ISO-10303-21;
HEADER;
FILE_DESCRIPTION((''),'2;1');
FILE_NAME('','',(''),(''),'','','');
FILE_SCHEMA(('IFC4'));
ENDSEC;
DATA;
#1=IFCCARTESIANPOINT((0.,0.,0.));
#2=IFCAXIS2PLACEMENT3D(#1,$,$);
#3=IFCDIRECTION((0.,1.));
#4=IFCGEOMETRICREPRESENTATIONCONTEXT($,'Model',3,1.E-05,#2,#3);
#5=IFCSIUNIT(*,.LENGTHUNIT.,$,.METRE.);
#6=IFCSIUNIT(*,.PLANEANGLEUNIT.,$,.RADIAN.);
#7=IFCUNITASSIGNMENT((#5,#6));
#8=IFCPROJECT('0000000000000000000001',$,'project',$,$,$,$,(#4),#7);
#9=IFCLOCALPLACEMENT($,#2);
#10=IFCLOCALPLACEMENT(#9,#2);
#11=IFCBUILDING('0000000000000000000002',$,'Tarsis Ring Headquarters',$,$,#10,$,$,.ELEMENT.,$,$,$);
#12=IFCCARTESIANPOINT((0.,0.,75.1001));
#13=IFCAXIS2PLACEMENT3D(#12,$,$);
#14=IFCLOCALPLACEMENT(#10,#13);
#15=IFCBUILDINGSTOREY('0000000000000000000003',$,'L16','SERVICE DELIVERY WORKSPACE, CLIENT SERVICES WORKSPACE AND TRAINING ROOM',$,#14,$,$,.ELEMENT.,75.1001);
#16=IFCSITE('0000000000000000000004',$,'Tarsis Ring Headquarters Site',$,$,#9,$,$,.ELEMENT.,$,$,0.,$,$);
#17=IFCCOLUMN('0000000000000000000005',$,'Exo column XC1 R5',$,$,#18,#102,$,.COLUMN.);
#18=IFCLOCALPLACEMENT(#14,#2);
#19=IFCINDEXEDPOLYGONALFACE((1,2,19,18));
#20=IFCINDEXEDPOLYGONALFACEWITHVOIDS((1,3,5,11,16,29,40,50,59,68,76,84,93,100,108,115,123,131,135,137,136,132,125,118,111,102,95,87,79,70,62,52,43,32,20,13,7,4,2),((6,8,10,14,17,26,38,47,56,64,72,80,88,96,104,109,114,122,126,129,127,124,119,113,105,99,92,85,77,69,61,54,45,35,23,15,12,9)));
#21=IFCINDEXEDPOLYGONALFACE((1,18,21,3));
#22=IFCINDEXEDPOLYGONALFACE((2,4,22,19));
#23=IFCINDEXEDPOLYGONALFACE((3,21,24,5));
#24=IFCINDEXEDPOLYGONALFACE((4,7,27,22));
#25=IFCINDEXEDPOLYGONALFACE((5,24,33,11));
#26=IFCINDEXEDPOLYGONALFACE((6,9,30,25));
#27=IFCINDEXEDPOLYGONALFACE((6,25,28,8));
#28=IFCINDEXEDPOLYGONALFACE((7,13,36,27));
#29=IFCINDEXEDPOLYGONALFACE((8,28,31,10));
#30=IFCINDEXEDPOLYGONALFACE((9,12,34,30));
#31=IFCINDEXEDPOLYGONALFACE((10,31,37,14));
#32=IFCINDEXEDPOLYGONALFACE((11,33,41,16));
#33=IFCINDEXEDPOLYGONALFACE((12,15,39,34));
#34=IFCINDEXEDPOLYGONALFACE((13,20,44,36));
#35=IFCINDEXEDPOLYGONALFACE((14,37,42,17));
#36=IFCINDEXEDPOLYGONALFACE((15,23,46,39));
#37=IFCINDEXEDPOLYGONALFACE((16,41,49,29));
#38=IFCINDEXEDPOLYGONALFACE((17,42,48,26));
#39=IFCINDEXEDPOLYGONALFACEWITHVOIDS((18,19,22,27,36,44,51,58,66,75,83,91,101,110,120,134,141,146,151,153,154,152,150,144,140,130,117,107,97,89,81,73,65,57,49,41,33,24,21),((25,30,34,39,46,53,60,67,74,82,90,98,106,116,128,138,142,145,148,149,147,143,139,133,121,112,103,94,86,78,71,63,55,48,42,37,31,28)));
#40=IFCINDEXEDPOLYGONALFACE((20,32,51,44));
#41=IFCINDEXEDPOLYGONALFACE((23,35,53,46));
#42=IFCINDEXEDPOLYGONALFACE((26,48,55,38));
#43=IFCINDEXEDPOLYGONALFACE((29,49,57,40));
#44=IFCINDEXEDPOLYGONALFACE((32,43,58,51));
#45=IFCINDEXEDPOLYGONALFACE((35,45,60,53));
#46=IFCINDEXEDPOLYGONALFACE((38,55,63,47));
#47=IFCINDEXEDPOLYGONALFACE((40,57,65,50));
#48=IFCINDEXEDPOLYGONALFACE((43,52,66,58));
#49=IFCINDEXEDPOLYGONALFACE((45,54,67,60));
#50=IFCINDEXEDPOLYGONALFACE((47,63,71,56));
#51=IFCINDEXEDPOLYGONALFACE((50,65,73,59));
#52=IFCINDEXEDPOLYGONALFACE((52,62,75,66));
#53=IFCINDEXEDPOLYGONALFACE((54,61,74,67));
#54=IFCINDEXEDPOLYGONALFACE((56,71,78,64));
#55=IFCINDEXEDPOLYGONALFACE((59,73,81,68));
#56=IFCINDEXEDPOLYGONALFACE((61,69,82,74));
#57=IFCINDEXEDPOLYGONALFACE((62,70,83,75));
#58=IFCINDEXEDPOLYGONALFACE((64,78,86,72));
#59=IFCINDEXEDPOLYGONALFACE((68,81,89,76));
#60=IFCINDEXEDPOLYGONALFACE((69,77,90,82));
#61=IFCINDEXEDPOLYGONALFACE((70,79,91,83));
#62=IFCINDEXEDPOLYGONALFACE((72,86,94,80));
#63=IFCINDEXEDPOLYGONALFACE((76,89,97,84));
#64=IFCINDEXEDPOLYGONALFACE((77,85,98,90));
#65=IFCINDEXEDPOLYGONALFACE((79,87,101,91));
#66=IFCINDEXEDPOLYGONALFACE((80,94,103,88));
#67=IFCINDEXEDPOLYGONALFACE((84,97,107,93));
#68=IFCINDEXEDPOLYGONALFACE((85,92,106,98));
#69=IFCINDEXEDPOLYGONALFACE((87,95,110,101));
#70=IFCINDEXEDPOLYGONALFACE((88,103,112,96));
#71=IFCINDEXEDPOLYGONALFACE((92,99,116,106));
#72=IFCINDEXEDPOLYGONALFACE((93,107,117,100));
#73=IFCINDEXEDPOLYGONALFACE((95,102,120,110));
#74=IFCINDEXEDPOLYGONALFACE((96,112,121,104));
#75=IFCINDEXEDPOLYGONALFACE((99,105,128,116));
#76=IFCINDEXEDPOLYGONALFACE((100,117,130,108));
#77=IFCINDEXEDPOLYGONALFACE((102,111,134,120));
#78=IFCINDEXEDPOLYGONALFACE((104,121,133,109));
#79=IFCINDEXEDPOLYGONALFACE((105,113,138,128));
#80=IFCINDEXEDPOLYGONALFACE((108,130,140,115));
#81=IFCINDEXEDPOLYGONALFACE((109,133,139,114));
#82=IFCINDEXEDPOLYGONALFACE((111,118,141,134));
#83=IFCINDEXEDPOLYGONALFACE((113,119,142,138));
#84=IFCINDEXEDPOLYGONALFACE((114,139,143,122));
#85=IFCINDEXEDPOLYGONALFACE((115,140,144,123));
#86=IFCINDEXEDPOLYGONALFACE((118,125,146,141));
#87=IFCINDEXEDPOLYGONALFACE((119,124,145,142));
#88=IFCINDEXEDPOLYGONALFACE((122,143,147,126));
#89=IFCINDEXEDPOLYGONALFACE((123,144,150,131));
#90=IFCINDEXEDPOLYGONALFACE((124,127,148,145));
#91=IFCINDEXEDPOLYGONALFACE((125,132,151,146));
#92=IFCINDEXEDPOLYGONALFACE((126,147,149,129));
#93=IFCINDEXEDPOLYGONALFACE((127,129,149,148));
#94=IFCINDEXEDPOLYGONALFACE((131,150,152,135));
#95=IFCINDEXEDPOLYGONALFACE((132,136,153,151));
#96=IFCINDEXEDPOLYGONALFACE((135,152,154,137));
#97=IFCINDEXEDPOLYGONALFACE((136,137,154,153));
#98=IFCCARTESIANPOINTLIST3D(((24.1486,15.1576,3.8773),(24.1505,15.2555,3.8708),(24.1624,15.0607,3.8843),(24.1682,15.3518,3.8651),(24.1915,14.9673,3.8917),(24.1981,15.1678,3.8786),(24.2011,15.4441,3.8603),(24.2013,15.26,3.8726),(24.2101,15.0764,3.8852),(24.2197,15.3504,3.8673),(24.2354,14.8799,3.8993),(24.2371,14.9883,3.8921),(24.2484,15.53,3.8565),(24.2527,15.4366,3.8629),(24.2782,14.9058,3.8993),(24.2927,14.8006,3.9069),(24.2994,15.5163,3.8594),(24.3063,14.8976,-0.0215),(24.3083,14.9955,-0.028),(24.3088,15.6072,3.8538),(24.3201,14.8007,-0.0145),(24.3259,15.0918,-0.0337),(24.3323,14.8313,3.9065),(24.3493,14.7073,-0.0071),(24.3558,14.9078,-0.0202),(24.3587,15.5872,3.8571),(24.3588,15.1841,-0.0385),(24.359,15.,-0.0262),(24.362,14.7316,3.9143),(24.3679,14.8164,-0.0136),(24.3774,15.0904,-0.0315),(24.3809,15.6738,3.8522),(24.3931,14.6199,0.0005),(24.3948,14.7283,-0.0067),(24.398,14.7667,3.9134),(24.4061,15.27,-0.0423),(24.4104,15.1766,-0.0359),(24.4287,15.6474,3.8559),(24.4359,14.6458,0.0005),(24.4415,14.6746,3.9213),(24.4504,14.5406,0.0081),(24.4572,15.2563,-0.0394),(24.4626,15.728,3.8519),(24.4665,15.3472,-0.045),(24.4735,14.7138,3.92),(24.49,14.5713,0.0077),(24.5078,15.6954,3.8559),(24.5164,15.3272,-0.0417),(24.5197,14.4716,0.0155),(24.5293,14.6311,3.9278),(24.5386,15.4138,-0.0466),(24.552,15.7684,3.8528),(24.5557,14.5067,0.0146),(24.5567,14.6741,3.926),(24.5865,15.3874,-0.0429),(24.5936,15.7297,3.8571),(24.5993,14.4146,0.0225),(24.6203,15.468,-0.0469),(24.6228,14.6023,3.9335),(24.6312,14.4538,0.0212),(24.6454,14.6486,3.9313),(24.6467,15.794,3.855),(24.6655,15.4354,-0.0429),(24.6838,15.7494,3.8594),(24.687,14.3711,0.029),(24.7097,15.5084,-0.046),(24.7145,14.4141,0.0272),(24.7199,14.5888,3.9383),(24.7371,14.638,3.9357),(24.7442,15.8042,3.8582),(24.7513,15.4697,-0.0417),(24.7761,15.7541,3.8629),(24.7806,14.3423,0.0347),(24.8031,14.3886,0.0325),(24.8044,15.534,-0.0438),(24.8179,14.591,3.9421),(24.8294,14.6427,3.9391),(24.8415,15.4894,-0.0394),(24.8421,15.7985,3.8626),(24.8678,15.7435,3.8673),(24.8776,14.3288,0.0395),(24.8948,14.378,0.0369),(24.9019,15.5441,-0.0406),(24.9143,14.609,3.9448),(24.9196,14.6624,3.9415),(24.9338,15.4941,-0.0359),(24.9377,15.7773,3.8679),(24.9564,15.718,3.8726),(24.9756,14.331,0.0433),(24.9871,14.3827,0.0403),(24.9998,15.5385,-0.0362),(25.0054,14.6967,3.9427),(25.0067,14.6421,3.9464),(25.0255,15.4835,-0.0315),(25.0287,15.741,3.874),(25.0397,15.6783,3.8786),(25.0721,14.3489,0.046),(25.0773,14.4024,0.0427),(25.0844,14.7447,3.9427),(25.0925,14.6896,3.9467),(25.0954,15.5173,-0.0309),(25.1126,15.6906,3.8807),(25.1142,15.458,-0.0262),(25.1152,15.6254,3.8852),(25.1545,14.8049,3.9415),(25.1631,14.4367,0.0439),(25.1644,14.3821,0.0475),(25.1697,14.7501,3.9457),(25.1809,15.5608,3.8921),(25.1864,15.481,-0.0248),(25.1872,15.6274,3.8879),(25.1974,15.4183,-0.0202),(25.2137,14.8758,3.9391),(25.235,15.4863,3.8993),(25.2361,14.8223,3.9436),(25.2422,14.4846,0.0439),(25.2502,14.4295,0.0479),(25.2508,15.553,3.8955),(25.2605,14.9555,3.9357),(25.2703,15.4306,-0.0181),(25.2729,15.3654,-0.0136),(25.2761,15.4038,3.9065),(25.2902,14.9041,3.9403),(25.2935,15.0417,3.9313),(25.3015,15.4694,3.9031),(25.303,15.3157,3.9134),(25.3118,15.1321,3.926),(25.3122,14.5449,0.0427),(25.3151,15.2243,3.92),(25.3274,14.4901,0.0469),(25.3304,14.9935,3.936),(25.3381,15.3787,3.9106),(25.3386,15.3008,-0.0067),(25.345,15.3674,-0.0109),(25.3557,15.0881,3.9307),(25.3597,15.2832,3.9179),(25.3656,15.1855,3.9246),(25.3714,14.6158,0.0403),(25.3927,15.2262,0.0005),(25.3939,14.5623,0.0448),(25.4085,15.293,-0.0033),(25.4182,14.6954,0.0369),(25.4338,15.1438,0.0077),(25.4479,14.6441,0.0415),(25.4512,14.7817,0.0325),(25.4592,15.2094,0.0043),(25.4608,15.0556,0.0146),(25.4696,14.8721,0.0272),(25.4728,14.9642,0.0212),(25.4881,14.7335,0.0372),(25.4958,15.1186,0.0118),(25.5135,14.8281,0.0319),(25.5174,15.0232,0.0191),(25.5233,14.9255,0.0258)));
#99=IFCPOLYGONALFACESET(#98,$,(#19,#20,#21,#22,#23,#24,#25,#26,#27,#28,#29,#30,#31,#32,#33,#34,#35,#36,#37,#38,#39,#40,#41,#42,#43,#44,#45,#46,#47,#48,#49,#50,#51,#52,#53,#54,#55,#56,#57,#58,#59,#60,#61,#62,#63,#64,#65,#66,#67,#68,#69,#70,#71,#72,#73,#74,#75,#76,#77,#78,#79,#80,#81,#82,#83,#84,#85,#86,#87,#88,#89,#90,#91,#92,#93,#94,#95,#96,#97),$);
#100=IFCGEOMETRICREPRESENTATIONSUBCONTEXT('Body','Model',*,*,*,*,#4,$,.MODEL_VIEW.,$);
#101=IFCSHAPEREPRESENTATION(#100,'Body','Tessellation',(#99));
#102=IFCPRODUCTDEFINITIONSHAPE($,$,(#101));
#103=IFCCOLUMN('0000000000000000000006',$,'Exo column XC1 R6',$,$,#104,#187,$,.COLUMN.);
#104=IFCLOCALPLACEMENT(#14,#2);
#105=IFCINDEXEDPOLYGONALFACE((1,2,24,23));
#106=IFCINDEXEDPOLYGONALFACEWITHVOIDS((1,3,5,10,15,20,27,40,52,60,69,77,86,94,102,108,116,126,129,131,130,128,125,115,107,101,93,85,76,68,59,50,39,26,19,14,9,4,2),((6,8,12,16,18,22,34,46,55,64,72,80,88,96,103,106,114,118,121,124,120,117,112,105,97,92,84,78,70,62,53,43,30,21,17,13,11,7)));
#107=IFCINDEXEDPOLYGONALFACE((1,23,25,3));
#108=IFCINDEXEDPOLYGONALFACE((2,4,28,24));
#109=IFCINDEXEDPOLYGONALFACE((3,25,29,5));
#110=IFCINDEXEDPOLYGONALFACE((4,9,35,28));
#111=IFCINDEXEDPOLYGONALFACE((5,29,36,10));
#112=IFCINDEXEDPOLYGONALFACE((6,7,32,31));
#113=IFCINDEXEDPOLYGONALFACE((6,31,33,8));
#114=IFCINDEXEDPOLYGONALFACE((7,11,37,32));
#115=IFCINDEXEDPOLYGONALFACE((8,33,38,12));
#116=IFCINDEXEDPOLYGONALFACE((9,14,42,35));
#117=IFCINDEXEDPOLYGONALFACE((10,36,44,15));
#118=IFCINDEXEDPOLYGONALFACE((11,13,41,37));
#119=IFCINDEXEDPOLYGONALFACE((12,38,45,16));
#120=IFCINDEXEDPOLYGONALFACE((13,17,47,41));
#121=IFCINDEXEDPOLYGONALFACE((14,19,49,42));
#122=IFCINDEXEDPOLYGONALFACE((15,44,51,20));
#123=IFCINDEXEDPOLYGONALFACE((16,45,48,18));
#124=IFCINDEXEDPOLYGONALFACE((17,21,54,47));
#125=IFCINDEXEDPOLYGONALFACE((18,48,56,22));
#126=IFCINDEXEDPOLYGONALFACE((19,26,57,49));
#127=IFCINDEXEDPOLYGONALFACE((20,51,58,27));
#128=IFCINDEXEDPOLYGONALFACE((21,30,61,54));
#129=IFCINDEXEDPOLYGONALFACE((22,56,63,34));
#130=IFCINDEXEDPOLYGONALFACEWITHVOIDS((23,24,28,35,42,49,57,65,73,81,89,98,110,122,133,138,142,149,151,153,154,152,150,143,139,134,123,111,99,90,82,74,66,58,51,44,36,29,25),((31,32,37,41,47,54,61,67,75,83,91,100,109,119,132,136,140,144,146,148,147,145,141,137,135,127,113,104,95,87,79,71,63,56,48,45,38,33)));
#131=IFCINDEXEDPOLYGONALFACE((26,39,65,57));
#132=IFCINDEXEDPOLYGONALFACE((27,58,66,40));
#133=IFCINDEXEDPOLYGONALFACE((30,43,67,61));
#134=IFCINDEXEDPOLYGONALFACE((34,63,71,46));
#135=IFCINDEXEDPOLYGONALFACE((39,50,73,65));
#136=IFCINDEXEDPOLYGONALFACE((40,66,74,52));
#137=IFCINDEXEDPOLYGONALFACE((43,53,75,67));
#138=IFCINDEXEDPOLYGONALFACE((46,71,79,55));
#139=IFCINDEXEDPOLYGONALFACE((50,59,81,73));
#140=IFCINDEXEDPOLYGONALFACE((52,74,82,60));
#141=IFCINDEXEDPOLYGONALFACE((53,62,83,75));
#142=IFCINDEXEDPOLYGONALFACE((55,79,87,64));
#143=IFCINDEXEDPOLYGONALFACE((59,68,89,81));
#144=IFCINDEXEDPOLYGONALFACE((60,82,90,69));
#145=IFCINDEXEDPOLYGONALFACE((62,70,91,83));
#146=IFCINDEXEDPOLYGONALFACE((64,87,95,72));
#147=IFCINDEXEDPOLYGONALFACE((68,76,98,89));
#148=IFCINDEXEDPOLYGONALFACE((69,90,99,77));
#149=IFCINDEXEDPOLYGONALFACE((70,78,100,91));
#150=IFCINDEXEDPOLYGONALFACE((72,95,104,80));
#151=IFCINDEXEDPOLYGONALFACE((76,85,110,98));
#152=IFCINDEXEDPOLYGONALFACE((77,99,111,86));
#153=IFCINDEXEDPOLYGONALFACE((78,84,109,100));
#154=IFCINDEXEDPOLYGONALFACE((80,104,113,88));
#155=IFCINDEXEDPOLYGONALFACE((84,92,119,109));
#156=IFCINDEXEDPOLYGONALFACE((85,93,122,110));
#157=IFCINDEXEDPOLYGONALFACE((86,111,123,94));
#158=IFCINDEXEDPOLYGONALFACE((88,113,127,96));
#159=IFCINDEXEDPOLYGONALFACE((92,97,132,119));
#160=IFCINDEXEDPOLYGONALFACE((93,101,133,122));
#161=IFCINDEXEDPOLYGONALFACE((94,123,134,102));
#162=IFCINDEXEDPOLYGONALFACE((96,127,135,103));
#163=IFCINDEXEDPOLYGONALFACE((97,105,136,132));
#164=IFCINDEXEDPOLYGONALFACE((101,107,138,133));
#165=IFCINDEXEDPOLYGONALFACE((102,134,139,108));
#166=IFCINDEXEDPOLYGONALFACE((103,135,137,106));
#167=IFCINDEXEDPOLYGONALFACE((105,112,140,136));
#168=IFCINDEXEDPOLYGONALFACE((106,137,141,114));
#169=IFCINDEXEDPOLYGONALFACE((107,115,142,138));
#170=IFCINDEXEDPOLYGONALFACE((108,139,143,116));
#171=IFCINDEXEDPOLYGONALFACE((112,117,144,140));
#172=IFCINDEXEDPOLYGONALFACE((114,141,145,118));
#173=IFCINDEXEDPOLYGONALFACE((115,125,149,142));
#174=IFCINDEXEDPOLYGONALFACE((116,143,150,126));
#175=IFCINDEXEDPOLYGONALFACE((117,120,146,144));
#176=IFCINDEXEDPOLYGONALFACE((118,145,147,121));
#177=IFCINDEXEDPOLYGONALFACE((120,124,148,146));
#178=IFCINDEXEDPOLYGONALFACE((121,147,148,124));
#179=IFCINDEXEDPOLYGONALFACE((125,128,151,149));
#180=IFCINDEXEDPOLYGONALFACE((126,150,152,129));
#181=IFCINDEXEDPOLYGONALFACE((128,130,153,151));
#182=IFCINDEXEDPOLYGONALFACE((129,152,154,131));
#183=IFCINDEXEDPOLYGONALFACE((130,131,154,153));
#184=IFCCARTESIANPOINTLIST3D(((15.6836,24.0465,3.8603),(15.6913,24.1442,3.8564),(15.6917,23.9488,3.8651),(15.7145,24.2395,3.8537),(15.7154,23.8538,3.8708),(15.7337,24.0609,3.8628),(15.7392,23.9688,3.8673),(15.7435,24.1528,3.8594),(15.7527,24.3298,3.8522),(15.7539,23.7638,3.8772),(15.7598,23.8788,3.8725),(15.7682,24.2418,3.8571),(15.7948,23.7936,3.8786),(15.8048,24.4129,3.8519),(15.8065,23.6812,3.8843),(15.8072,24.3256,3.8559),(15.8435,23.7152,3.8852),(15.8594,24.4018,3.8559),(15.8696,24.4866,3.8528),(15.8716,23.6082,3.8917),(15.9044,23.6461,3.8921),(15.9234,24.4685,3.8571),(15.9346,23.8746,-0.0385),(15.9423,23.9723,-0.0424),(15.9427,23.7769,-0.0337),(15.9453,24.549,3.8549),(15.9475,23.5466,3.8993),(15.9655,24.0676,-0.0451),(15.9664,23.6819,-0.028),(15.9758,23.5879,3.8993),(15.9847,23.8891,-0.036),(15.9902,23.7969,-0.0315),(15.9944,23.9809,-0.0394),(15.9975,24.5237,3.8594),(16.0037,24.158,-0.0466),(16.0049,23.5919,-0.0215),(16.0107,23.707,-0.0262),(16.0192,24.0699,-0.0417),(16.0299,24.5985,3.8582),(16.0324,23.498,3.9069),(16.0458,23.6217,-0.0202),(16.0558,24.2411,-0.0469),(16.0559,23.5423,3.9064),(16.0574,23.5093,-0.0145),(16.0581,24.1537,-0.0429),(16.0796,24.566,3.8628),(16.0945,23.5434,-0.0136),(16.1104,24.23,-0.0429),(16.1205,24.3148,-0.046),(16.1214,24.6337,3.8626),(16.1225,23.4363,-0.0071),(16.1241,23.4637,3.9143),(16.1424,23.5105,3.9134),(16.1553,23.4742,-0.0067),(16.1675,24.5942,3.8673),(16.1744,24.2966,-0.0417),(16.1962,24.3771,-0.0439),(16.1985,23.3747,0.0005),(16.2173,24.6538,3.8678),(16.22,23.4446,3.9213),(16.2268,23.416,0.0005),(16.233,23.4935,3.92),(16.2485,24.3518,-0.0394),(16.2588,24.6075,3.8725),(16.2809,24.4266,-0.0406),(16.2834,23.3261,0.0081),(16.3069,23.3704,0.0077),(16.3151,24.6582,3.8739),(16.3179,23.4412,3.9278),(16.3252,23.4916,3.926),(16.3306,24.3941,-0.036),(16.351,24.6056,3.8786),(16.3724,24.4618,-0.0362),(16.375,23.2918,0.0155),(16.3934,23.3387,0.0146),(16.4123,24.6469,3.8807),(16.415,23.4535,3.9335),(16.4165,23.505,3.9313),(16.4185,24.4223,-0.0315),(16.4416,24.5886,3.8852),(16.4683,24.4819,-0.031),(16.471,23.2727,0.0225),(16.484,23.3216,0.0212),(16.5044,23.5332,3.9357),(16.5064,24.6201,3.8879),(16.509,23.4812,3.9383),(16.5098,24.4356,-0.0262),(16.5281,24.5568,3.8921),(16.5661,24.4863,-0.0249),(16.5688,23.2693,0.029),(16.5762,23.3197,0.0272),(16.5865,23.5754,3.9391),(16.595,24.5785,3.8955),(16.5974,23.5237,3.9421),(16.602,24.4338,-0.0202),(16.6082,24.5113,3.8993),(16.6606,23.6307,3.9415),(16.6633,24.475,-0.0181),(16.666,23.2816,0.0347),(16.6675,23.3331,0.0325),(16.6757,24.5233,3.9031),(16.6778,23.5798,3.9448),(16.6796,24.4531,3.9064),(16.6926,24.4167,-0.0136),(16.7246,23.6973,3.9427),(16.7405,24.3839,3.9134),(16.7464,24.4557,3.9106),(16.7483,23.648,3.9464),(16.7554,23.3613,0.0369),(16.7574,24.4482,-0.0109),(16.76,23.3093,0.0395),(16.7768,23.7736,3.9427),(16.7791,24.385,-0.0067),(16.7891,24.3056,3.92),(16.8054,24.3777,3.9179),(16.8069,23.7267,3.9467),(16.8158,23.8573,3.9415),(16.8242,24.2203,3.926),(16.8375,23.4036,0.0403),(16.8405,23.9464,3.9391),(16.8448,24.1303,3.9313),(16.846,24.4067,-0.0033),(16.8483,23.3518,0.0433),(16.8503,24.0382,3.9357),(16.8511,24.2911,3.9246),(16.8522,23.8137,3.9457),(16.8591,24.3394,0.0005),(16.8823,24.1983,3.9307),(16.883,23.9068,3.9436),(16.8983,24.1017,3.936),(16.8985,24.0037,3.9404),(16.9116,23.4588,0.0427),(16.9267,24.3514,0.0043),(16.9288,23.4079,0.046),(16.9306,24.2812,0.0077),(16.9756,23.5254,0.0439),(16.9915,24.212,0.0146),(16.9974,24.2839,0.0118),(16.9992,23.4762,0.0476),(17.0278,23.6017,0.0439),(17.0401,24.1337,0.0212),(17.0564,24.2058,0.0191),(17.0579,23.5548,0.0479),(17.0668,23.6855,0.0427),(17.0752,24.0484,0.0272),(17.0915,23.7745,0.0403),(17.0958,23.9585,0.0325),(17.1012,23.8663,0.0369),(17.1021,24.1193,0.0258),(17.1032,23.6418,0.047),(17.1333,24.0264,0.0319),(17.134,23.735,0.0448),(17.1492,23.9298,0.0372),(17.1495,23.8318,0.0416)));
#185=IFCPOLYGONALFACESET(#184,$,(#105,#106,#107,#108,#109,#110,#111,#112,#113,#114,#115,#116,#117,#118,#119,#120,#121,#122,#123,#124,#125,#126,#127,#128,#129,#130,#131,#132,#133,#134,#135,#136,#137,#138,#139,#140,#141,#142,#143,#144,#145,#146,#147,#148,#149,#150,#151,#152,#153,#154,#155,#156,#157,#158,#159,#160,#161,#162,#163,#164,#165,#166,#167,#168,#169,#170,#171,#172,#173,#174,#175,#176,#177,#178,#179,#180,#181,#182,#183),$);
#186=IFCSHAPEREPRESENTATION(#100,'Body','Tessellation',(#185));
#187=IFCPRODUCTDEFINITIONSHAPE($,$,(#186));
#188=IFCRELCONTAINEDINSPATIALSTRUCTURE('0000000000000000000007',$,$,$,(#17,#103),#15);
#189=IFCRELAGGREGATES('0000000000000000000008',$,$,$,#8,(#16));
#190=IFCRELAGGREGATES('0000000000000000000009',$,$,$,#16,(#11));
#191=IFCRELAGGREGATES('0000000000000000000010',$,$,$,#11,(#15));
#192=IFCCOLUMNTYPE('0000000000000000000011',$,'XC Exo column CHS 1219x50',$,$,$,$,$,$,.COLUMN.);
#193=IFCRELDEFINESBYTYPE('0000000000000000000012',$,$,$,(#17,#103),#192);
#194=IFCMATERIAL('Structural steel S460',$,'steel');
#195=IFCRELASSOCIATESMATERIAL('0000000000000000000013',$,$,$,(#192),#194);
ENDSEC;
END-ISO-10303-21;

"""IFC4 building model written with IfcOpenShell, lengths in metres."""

from ifc_helpers import new_model, si_unit, direction, frame, origin, origin_2d, place, context, subcontext, project, spatial, hollow_circle, extrude, material, material_profile, profile_set, type_object, element, save


model = new_model("IFC4")

# Units and contexts
model_context = context("Model", 3, precision=1e-05, world=origin(), true_north=direction((0.0, 1.0)))
body_context = subcontext(model_context, "Body", "Model", "MODEL_VIEW")
ifc_project = project(units=[si_unit("LENGTHUNIT", "METRE"), si_unit("PLANEANGLEUNIT", "RADIAN")], contexts=[model_context])

# Site, building, storey
site_placement = place(None, origin())
site = spatial("IfcSite", under=ifc_project, at=site_placement, Name="Tarsis Ring Headquarters Site", CompositionType="ELEMENT", RefElevation=0.0)
building_placement = place(site_placement, origin())
building = spatial("IfcBuilding", under=site, at=building_placement, Name="Tarsis Ring Headquarters", CompositionType="ELEMENT")
storey_placement = place(building_placement, frame((0.0, 0.0, 75.1001)))
storey = spatial("IfcBuildingStorey", under=building, at=storey_placement, Name="L16", Description="SERVICE DELIVERY WORKSPACE, CLIENT SERVICES WORKSPACE AND TRAINING ROOM", CompositionType="ELEMENT", Elevation=75.1001)

# Columns
ifc_material_1 = material(Name="Structural steel S460", Category="steel")
ifc_material_profile_1 = material_profile(ifc_material_1, hollow_circle(Radius=0.6096, WallThickness=0.05, at=origin_2d()), Name="CHS 1219x50")
ifc_profile_set_1 = profile_set([ifc_material_profile_1], Name="Structural steel S460")
column_type = type_object("IfcColumnType", Name="XC Exo column CHS 1219x50", PredefinedType="COLUMN", material=ifc_profile_set_1)
for number, where, z_axis, x_axis, name in (
    (1, (24.9143, 14.936, 0.0005), (-0.040331, 0.06649, 0.996972), (-0.855004, -0.518622, 0.0), "Exo column XC1 R5"),
    (2, (16.543, 23.8777, 0.0005), (-0.06418, 0.043952, 0.99697), (-0.565029, -0.825071, 0.0), "Exo column XC1 R6"),
):
    element("IfcColumn", number, at=place(storey_placement, frame(where, z_axis=z_axis, x_axis=x_axis)), inside=storey, type_object=column_type, Name=name, PredefinedType="COLUMN", context=body_context, shape_type="SweptSolid", body=[
        extrude(hollow_circle(Radius=0.6096, WallThickness=0.05, at=origin_2d()), origin(), (0.0, 0.0, 1.0), 3.9106),
    ])

save(model, "model.ifc")
